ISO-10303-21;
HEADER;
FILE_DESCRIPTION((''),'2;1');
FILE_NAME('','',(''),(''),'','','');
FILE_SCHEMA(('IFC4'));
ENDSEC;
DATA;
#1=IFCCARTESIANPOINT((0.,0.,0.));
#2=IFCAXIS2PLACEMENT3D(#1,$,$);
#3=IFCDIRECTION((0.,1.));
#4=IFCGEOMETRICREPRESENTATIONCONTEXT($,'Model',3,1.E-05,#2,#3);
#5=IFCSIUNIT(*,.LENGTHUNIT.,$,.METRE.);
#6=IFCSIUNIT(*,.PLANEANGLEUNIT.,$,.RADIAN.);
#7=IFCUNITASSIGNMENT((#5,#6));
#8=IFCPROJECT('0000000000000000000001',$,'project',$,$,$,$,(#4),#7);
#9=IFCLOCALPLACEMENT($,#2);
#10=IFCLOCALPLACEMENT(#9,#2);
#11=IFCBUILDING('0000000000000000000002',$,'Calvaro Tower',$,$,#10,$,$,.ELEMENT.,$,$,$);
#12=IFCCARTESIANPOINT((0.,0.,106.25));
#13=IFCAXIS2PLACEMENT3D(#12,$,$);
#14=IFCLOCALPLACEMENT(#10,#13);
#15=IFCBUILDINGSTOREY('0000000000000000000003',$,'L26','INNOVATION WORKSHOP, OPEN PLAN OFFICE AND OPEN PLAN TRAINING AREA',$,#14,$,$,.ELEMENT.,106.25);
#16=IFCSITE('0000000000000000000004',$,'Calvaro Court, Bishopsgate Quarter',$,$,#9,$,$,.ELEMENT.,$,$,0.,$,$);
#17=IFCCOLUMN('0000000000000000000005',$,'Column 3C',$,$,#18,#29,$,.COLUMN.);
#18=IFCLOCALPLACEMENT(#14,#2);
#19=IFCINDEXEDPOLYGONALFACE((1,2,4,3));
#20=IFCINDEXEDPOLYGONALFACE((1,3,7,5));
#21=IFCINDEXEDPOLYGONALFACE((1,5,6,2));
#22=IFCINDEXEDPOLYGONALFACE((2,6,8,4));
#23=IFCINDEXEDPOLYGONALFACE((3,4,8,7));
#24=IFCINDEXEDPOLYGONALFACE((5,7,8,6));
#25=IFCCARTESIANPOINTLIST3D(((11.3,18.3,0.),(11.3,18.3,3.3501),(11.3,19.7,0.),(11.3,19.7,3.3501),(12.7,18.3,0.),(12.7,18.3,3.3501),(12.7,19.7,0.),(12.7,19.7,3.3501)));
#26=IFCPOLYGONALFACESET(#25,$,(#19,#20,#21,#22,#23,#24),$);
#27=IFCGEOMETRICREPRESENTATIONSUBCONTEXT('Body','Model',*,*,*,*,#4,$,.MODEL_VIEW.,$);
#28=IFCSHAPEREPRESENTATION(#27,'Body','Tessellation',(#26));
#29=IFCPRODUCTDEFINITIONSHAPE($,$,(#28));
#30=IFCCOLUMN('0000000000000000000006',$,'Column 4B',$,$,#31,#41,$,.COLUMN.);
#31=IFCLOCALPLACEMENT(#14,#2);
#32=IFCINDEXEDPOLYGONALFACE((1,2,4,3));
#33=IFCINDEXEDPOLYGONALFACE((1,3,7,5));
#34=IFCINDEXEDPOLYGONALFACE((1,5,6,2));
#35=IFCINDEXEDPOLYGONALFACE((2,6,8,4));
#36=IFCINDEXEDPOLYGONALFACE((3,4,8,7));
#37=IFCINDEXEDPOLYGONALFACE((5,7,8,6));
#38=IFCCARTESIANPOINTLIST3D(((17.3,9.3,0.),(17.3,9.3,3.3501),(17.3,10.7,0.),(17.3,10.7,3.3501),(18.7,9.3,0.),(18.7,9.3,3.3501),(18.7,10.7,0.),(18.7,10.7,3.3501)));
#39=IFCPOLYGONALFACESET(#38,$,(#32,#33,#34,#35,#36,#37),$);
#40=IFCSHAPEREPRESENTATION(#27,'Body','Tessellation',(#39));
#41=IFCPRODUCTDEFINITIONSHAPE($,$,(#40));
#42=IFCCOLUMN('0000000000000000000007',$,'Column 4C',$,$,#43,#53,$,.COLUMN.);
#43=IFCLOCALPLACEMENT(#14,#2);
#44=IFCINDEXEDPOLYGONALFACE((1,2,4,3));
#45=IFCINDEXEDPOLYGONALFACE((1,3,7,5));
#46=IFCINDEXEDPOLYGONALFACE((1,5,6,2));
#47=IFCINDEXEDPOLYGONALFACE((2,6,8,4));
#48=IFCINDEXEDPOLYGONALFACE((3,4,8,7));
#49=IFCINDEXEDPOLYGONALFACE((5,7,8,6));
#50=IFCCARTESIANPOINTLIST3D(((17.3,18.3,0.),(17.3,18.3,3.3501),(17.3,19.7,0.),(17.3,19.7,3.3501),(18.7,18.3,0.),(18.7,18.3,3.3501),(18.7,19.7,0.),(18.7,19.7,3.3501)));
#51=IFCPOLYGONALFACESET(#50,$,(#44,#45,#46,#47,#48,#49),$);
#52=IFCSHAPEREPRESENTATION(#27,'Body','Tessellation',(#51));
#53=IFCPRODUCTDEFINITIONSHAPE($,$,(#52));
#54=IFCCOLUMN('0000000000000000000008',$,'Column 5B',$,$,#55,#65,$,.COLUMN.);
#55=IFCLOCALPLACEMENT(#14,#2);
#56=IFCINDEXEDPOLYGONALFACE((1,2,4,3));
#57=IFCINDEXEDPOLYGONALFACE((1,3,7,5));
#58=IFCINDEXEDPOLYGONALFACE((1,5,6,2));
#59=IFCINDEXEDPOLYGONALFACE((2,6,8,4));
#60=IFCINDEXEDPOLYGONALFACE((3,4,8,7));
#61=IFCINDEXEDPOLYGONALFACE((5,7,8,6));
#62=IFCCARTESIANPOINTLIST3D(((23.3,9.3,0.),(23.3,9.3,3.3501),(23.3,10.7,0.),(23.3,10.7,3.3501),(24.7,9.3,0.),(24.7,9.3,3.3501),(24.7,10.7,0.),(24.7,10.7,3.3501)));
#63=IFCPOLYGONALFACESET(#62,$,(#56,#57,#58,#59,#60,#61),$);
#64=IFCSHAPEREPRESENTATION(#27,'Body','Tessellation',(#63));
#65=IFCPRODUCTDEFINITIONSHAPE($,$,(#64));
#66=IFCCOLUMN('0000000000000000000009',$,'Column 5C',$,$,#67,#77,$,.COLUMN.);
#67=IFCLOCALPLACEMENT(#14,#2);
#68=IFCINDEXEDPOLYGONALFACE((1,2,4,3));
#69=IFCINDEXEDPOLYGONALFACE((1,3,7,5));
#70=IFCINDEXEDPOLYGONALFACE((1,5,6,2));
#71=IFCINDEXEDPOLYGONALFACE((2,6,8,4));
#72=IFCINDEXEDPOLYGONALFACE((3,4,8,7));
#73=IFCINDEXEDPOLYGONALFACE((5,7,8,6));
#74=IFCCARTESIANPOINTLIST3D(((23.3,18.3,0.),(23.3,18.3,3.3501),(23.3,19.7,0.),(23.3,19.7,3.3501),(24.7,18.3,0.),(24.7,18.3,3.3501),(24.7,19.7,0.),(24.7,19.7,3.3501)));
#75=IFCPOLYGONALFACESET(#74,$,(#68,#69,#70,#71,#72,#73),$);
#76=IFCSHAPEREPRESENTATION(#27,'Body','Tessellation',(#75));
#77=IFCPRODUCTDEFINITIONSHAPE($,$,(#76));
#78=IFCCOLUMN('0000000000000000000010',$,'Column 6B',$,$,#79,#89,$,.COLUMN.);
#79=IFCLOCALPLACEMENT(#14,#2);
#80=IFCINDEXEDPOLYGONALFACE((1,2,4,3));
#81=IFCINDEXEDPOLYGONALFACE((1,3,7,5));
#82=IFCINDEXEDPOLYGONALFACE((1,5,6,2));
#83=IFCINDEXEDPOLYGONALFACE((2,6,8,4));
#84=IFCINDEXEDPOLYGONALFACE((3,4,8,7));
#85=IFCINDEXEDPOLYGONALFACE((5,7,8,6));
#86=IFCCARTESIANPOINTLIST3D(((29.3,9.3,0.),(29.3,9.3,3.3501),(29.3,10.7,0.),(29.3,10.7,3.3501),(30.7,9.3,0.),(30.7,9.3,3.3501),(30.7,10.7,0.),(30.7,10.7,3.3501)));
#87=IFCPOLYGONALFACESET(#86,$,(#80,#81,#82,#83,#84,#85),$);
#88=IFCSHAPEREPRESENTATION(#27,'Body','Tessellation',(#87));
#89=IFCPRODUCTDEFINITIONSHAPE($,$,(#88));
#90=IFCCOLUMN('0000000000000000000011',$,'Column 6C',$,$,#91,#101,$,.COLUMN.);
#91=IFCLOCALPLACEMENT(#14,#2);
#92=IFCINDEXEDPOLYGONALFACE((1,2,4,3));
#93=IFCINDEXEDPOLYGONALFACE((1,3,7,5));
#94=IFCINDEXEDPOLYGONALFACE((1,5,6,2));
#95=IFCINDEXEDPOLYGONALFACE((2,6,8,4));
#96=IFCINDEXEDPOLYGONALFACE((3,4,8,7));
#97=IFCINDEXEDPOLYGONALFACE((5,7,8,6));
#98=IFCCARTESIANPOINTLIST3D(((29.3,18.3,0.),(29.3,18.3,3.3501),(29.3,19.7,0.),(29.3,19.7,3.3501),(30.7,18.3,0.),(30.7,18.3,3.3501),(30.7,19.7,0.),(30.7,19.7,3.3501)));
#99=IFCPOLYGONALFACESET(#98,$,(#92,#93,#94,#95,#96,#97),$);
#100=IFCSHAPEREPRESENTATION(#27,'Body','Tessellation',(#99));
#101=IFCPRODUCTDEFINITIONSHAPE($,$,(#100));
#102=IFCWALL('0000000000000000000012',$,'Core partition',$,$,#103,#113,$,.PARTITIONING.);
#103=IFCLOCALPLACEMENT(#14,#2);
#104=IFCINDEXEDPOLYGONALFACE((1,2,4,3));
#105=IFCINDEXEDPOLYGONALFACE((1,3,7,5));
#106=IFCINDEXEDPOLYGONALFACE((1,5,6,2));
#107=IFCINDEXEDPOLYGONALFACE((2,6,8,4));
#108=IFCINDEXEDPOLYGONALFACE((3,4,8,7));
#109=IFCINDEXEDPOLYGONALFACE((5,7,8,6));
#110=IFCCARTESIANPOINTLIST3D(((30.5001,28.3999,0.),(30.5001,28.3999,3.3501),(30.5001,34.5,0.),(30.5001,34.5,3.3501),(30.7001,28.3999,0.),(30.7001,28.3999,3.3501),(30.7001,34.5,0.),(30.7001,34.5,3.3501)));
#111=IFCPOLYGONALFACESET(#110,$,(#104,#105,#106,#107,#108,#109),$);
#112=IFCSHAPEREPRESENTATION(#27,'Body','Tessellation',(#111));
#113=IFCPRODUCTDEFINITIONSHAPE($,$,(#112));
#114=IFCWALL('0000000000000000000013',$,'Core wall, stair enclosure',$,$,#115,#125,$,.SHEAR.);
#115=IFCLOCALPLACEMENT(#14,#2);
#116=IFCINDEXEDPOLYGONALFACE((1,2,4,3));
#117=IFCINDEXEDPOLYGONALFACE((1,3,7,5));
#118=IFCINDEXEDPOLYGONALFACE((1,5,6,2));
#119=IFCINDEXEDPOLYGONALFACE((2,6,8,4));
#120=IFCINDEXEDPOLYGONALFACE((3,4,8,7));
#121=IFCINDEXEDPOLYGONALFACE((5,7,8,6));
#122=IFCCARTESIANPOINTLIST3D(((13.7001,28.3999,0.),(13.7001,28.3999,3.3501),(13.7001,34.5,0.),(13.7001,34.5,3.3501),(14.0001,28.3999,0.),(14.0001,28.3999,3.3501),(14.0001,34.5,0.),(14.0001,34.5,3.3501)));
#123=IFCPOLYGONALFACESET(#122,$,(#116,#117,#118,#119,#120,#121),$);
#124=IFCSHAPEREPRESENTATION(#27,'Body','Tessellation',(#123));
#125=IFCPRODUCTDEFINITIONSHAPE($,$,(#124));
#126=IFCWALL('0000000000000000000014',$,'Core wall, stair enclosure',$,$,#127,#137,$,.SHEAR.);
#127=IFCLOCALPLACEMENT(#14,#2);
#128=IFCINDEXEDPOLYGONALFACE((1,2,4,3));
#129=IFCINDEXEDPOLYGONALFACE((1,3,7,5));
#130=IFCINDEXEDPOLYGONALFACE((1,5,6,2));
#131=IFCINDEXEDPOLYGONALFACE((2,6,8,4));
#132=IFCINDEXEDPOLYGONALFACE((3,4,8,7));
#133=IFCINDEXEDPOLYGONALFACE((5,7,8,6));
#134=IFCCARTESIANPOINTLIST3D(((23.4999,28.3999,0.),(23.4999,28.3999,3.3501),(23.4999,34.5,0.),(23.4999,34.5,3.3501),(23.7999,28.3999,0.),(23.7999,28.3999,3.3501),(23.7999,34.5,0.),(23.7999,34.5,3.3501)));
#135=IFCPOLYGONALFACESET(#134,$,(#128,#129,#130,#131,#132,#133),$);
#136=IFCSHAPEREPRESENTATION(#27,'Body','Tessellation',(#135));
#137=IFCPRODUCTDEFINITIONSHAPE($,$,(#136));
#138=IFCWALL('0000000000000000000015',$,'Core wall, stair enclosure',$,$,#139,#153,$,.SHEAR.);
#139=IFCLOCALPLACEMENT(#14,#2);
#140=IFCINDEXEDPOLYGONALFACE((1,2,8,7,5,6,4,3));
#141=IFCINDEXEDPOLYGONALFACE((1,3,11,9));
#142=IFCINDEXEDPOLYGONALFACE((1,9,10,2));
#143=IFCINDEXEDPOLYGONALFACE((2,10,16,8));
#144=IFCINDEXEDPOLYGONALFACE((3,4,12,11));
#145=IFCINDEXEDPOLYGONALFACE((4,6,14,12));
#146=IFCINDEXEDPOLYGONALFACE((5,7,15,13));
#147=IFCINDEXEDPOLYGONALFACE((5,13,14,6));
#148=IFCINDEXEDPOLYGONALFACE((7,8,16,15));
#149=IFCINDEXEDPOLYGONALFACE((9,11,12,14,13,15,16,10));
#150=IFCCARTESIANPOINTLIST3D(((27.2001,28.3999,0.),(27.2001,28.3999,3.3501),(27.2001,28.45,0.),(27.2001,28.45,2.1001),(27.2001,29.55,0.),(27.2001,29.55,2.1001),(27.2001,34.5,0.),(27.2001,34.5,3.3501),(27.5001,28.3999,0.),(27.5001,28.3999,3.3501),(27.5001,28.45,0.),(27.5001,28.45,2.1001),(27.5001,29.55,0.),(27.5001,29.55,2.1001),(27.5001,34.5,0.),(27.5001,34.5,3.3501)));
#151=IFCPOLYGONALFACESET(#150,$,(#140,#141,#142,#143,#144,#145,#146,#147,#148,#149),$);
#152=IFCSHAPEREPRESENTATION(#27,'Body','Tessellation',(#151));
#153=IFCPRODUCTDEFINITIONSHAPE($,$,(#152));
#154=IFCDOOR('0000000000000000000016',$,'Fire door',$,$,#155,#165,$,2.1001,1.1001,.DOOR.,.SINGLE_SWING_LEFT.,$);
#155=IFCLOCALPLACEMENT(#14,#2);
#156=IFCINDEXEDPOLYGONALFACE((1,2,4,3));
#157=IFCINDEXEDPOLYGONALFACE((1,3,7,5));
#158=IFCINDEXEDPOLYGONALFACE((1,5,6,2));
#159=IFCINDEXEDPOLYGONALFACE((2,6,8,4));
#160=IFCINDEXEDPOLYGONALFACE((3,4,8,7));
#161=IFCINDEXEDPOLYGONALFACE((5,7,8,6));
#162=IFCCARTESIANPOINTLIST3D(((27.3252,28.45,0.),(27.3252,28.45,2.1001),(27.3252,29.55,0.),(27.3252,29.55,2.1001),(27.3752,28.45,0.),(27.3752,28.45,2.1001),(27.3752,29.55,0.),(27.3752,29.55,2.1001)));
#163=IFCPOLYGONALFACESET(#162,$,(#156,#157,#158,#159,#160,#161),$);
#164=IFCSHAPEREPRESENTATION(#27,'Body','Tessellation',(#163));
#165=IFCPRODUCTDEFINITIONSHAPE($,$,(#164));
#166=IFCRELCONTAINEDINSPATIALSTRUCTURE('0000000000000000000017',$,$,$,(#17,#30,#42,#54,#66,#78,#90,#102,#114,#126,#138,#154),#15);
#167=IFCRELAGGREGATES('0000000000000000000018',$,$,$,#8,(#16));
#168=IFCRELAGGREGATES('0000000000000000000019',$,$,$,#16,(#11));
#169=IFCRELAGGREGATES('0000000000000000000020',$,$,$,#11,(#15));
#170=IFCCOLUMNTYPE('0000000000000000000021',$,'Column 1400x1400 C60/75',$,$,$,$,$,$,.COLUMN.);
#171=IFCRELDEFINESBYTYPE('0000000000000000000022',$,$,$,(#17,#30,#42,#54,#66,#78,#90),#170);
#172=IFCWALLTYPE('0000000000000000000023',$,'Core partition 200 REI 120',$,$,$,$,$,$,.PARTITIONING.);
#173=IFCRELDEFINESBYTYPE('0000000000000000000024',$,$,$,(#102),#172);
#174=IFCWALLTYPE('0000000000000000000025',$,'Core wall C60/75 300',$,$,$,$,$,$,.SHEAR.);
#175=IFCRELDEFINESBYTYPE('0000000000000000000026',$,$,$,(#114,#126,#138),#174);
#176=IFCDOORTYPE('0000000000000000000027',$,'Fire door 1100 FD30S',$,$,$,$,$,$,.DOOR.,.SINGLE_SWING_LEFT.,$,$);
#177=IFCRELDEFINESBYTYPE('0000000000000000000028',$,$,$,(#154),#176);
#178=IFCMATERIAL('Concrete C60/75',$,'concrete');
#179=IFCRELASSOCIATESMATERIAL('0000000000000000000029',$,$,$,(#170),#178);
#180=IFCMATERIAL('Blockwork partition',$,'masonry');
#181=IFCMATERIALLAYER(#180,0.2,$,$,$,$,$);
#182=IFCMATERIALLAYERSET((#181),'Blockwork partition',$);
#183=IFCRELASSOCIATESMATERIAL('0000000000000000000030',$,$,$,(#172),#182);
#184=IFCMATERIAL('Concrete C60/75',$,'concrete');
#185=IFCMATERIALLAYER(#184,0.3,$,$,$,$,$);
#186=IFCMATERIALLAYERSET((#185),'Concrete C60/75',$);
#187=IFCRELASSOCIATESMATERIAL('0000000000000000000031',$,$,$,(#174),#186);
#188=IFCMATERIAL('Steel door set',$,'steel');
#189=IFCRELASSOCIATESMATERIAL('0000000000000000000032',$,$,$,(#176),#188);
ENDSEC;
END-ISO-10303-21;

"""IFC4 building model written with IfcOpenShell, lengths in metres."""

from ifc_helpers import new_model, si_unit, direction, frame, frame_2d, origin, origin_2d, place, context, subcontext, project, spatial, rectangle, extrude, material, layer, layer_set, material_profile, profile_set, type_object, element, fill, save


model = new_model("IFC4")

# Units and contexts
model_context = context("Model", 3, precision=1e-05, world=origin(), true_north=direction((0.0, 1.0)))
body_context = subcontext(model_context, "Body", "Model", "MODEL_VIEW")
ifc_project = project(units=[si_unit("LENGTHUNIT", "METRE"), si_unit("PLANEANGLEUNIT", "RADIAN")], contexts=[model_context])

# Site, building, storey
site_placement = place(None, origin())
site = spatial("IfcSite", under=ifc_project, at=site_placement, Name="Calvaro Court, Bishopsgate Quarter", CompositionType="ELEMENT", RefElevation=0.0)
building_placement = place(site_placement, origin())
building = spatial("IfcBuilding", under=site, at=building_placement, Name="Calvaro Tower", CompositionType="ELEMENT")
storey_placement = place(building_placement, frame((0.0, 0.0, 106.25)))
storey = spatial("IfcBuildingStorey", under=building, at=storey_placement, Name="L26", Description="INNOVATION WORKSHOP, OPEN PLAN OFFICE AND OPEN PLAN TRAINING AREA", CompositionType="ELEMENT", Elevation=106.25)

# Columns
ifc_material_1 = material(Name="Concrete C60/75", Category="concrete")
ifc_material_profile = material_profile(ifc_material_1, rectangle(XDim=1.3999, YDim=1.3999, at=origin_2d()), Name="RC 1400x1400")
ifc_profile_set = profile_set([ifc_material_profile], Name="Concrete C60/75")
column_type = type_object("IfcColumnType", Name="Column 1400x1400 C60/75", PredefinedType="COLUMN", material=ifc_profile_set)
for number, where, z_axis, x_axis, name in (
    (1, (12.0, 19.0, 0.0), (0.0, 0.0, 1.0), (1.0, 0.0, 0.0), "Column 3C"),
    (2, (18.0, 10.0, 0.0), (0.0, 0.0, 1.0), (1.0, 0.0, 0.0), "Column 4B"),
    (3, (18.0, 19.0, 0.0), (0.0, 0.0, 1.0), (1.0, 0.0, 0.0), "Column 4C"),
    (4, (24.0, 10.0, 0.0), (0.0, 0.0, 1.0), (1.0, 0.0, 0.0), "Column 5B"),
    (5, (24.0, 19.0, 0.0), (0.0, 0.0, 1.0), (1.0, 0.0, 0.0), "Column 5C"),
    (6, (30.0, 10.0, 0.0), (0.0, 0.0, 1.0), (1.0, 0.0, 0.0), "Column 6B"),
    (7, (30.0, 19.0, 0.0), (0.0, 0.0, 1.0), (1.0, 0.0, 0.0), "Column 6C"),
):
    element("IfcColumn", number, at=place(storey_placement, frame(where, z_axis=z_axis, x_axis=x_axis)), inside=storey, type_object=column_type, Name=name, PredefinedType="COLUMN", context=body_context, shape_type="SweptSolid", body=[
        extrude(rectangle(XDim=1.3999, YDim=1.3999, at=origin_2d()), origin(), (0.0, 0.0, 1.0), 3.3501),
    ])

# Walls
ifc_material_2 = material(Name="Blockwork partition", Category="masonry")
ifc_layer_1 = layer(ifc_material_2, 0.2)
ifc_layer_set_1 = layer_set([ifc_layer_1], Name="Blockwork partition")
wall_type_1 = type_object("IfcWallType", Name="Core partition 200 REI 120", PredefinedType="PARTITIONING", material=ifc_layer_set_1)
wall_1_placement = place(storey_placement, frame((30.6001, 28.3999, 0.0), z_axis=(0.0, 0.0, 1.0), x_axis=(0.0, 1.0, 0.0)))
element("IfcWall", 8, at=wall_1_placement, inside=storey, type_object=wall_type_1, Name="Core partition", PredefinedType="PARTITIONING", context=body_context, shape_type="SweptSolid", body=[
    extrude(rectangle(XDim=6.1001, YDim=0.2, at=frame_2d((3.05, 0.0))), origin(), (0.0, 0.0, 1.0), 3.3501),
])
ifc_material_3 = material(Name="Concrete C60/75", Category="concrete")
ifc_layer_2 = layer(ifc_material_3, 0.3)
ifc_layer_set_2 = layer_set([ifc_layer_2], Name="Concrete C60/75")
wall_type_2 = type_object("IfcWallType", Name="Core wall C60/75 300", PredefinedType="SHEAR", material=ifc_layer_set_2)
for number, where, z_axis, x_axis, name in (
    (9, (13.8501, 28.3999, 0.0), (0.0, 0.0, 1.0), (0.0, 1.0, 0.0), "Core wall, stair enclosure"),
    (10, (23.6499, 28.3999, 0.0), (0.0, 0.0, 1.0), (0.0, 1.0, 0.0), "Core wall, stair enclosure"),
):
    element("IfcWall", number, at=place(storey_placement, frame(where, z_axis=z_axis, x_axis=x_axis)), inside=storey, type_object=wall_type_2, Name=name, PredefinedType="SHEAR", context=body_context, shape_type="SweptSolid", body=[
        extrude(rectangle(XDim=6.1001, YDim=0.3, at=frame_2d((3.05, 0.0))), origin(), (0.0, 0.0, 1.0), 3.3501),
    ])

# Wall, opening, door
wall_2_placement = place(storey_placement, frame((27.3501, 28.3999, 0.0), z_axis=(0.0, 0.0, 1.0), x_axis=(0.0, 1.0, 0.0)))
wall_2 = element("IfcWall", 11, at=wall_2_placement, inside=storey, type_object=wall_type_2, Name="Core wall, stair enclosure", PredefinedType="SHEAR", context=body_context, shape_type="SweptSolid", body=[
    extrude(rectangle(XDim=6.1001, YDim=0.3, at=frame_2d((3.05, 0.0))), origin(), (0.0, 0.0, 1.0), 3.3501),
])
opening_1_placement = place(wall_2_placement, frame((0.05, 0.0, 0.0)))
opening_1 = element("IfcOpeningElement", 12, at=opening_1_placement, cuts=wall_2, PredefinedType="OPENING", context=body_context, shape_type="SweptSolid", body=[
    extrude(rectangle(XDim=1.1001, YDim=2.1001, at=frame_2d((0.55, 1.05))), frame((0.0, 0.1599, 0.0), z_axis=(0.0, -1.0, 0.0), x_axis=(1.0, 0.0, 0.0)), (0.0, 0.0, 1.0), 0.3201),
])
ifc_material_4 = material(Name="Steel door set", Category="steel")
door_type_1 = type_object("IfcDoorType", Name="Fire door 1100 FD30S", OperationType="SINGLE_SWING_LEFT", PredefinedType="DOOR", material=ifc_material_4)
door_1_placement = place(opening_1_placement, origin())
door_1 = element("IfcDoor", 13, at=door_1_placement, inside=storey, type_object=door_type_1, Name="Fire door", OperationType="SINGLE_SWING_LEFT", OverallHeight=2.1001, OverallWidth=1.1001, PredefinedType="DOOR", context=body_context, shape_type="SweptSolid", body=[
    extrude(rectangle(XDim=1.1001, YDim=2.1001, at=frame_2d((0.55, 1.05))), frame((0.0, 0.0249, 0.0), z_axis=(0.0, -1.0, 0.0), x_axis=(1.0, 0.0, 0.0)), (0.0, 0.0, 1.0), 0.05),
])
fill(opening_1, door_1)

save(model, "model.ifc")
